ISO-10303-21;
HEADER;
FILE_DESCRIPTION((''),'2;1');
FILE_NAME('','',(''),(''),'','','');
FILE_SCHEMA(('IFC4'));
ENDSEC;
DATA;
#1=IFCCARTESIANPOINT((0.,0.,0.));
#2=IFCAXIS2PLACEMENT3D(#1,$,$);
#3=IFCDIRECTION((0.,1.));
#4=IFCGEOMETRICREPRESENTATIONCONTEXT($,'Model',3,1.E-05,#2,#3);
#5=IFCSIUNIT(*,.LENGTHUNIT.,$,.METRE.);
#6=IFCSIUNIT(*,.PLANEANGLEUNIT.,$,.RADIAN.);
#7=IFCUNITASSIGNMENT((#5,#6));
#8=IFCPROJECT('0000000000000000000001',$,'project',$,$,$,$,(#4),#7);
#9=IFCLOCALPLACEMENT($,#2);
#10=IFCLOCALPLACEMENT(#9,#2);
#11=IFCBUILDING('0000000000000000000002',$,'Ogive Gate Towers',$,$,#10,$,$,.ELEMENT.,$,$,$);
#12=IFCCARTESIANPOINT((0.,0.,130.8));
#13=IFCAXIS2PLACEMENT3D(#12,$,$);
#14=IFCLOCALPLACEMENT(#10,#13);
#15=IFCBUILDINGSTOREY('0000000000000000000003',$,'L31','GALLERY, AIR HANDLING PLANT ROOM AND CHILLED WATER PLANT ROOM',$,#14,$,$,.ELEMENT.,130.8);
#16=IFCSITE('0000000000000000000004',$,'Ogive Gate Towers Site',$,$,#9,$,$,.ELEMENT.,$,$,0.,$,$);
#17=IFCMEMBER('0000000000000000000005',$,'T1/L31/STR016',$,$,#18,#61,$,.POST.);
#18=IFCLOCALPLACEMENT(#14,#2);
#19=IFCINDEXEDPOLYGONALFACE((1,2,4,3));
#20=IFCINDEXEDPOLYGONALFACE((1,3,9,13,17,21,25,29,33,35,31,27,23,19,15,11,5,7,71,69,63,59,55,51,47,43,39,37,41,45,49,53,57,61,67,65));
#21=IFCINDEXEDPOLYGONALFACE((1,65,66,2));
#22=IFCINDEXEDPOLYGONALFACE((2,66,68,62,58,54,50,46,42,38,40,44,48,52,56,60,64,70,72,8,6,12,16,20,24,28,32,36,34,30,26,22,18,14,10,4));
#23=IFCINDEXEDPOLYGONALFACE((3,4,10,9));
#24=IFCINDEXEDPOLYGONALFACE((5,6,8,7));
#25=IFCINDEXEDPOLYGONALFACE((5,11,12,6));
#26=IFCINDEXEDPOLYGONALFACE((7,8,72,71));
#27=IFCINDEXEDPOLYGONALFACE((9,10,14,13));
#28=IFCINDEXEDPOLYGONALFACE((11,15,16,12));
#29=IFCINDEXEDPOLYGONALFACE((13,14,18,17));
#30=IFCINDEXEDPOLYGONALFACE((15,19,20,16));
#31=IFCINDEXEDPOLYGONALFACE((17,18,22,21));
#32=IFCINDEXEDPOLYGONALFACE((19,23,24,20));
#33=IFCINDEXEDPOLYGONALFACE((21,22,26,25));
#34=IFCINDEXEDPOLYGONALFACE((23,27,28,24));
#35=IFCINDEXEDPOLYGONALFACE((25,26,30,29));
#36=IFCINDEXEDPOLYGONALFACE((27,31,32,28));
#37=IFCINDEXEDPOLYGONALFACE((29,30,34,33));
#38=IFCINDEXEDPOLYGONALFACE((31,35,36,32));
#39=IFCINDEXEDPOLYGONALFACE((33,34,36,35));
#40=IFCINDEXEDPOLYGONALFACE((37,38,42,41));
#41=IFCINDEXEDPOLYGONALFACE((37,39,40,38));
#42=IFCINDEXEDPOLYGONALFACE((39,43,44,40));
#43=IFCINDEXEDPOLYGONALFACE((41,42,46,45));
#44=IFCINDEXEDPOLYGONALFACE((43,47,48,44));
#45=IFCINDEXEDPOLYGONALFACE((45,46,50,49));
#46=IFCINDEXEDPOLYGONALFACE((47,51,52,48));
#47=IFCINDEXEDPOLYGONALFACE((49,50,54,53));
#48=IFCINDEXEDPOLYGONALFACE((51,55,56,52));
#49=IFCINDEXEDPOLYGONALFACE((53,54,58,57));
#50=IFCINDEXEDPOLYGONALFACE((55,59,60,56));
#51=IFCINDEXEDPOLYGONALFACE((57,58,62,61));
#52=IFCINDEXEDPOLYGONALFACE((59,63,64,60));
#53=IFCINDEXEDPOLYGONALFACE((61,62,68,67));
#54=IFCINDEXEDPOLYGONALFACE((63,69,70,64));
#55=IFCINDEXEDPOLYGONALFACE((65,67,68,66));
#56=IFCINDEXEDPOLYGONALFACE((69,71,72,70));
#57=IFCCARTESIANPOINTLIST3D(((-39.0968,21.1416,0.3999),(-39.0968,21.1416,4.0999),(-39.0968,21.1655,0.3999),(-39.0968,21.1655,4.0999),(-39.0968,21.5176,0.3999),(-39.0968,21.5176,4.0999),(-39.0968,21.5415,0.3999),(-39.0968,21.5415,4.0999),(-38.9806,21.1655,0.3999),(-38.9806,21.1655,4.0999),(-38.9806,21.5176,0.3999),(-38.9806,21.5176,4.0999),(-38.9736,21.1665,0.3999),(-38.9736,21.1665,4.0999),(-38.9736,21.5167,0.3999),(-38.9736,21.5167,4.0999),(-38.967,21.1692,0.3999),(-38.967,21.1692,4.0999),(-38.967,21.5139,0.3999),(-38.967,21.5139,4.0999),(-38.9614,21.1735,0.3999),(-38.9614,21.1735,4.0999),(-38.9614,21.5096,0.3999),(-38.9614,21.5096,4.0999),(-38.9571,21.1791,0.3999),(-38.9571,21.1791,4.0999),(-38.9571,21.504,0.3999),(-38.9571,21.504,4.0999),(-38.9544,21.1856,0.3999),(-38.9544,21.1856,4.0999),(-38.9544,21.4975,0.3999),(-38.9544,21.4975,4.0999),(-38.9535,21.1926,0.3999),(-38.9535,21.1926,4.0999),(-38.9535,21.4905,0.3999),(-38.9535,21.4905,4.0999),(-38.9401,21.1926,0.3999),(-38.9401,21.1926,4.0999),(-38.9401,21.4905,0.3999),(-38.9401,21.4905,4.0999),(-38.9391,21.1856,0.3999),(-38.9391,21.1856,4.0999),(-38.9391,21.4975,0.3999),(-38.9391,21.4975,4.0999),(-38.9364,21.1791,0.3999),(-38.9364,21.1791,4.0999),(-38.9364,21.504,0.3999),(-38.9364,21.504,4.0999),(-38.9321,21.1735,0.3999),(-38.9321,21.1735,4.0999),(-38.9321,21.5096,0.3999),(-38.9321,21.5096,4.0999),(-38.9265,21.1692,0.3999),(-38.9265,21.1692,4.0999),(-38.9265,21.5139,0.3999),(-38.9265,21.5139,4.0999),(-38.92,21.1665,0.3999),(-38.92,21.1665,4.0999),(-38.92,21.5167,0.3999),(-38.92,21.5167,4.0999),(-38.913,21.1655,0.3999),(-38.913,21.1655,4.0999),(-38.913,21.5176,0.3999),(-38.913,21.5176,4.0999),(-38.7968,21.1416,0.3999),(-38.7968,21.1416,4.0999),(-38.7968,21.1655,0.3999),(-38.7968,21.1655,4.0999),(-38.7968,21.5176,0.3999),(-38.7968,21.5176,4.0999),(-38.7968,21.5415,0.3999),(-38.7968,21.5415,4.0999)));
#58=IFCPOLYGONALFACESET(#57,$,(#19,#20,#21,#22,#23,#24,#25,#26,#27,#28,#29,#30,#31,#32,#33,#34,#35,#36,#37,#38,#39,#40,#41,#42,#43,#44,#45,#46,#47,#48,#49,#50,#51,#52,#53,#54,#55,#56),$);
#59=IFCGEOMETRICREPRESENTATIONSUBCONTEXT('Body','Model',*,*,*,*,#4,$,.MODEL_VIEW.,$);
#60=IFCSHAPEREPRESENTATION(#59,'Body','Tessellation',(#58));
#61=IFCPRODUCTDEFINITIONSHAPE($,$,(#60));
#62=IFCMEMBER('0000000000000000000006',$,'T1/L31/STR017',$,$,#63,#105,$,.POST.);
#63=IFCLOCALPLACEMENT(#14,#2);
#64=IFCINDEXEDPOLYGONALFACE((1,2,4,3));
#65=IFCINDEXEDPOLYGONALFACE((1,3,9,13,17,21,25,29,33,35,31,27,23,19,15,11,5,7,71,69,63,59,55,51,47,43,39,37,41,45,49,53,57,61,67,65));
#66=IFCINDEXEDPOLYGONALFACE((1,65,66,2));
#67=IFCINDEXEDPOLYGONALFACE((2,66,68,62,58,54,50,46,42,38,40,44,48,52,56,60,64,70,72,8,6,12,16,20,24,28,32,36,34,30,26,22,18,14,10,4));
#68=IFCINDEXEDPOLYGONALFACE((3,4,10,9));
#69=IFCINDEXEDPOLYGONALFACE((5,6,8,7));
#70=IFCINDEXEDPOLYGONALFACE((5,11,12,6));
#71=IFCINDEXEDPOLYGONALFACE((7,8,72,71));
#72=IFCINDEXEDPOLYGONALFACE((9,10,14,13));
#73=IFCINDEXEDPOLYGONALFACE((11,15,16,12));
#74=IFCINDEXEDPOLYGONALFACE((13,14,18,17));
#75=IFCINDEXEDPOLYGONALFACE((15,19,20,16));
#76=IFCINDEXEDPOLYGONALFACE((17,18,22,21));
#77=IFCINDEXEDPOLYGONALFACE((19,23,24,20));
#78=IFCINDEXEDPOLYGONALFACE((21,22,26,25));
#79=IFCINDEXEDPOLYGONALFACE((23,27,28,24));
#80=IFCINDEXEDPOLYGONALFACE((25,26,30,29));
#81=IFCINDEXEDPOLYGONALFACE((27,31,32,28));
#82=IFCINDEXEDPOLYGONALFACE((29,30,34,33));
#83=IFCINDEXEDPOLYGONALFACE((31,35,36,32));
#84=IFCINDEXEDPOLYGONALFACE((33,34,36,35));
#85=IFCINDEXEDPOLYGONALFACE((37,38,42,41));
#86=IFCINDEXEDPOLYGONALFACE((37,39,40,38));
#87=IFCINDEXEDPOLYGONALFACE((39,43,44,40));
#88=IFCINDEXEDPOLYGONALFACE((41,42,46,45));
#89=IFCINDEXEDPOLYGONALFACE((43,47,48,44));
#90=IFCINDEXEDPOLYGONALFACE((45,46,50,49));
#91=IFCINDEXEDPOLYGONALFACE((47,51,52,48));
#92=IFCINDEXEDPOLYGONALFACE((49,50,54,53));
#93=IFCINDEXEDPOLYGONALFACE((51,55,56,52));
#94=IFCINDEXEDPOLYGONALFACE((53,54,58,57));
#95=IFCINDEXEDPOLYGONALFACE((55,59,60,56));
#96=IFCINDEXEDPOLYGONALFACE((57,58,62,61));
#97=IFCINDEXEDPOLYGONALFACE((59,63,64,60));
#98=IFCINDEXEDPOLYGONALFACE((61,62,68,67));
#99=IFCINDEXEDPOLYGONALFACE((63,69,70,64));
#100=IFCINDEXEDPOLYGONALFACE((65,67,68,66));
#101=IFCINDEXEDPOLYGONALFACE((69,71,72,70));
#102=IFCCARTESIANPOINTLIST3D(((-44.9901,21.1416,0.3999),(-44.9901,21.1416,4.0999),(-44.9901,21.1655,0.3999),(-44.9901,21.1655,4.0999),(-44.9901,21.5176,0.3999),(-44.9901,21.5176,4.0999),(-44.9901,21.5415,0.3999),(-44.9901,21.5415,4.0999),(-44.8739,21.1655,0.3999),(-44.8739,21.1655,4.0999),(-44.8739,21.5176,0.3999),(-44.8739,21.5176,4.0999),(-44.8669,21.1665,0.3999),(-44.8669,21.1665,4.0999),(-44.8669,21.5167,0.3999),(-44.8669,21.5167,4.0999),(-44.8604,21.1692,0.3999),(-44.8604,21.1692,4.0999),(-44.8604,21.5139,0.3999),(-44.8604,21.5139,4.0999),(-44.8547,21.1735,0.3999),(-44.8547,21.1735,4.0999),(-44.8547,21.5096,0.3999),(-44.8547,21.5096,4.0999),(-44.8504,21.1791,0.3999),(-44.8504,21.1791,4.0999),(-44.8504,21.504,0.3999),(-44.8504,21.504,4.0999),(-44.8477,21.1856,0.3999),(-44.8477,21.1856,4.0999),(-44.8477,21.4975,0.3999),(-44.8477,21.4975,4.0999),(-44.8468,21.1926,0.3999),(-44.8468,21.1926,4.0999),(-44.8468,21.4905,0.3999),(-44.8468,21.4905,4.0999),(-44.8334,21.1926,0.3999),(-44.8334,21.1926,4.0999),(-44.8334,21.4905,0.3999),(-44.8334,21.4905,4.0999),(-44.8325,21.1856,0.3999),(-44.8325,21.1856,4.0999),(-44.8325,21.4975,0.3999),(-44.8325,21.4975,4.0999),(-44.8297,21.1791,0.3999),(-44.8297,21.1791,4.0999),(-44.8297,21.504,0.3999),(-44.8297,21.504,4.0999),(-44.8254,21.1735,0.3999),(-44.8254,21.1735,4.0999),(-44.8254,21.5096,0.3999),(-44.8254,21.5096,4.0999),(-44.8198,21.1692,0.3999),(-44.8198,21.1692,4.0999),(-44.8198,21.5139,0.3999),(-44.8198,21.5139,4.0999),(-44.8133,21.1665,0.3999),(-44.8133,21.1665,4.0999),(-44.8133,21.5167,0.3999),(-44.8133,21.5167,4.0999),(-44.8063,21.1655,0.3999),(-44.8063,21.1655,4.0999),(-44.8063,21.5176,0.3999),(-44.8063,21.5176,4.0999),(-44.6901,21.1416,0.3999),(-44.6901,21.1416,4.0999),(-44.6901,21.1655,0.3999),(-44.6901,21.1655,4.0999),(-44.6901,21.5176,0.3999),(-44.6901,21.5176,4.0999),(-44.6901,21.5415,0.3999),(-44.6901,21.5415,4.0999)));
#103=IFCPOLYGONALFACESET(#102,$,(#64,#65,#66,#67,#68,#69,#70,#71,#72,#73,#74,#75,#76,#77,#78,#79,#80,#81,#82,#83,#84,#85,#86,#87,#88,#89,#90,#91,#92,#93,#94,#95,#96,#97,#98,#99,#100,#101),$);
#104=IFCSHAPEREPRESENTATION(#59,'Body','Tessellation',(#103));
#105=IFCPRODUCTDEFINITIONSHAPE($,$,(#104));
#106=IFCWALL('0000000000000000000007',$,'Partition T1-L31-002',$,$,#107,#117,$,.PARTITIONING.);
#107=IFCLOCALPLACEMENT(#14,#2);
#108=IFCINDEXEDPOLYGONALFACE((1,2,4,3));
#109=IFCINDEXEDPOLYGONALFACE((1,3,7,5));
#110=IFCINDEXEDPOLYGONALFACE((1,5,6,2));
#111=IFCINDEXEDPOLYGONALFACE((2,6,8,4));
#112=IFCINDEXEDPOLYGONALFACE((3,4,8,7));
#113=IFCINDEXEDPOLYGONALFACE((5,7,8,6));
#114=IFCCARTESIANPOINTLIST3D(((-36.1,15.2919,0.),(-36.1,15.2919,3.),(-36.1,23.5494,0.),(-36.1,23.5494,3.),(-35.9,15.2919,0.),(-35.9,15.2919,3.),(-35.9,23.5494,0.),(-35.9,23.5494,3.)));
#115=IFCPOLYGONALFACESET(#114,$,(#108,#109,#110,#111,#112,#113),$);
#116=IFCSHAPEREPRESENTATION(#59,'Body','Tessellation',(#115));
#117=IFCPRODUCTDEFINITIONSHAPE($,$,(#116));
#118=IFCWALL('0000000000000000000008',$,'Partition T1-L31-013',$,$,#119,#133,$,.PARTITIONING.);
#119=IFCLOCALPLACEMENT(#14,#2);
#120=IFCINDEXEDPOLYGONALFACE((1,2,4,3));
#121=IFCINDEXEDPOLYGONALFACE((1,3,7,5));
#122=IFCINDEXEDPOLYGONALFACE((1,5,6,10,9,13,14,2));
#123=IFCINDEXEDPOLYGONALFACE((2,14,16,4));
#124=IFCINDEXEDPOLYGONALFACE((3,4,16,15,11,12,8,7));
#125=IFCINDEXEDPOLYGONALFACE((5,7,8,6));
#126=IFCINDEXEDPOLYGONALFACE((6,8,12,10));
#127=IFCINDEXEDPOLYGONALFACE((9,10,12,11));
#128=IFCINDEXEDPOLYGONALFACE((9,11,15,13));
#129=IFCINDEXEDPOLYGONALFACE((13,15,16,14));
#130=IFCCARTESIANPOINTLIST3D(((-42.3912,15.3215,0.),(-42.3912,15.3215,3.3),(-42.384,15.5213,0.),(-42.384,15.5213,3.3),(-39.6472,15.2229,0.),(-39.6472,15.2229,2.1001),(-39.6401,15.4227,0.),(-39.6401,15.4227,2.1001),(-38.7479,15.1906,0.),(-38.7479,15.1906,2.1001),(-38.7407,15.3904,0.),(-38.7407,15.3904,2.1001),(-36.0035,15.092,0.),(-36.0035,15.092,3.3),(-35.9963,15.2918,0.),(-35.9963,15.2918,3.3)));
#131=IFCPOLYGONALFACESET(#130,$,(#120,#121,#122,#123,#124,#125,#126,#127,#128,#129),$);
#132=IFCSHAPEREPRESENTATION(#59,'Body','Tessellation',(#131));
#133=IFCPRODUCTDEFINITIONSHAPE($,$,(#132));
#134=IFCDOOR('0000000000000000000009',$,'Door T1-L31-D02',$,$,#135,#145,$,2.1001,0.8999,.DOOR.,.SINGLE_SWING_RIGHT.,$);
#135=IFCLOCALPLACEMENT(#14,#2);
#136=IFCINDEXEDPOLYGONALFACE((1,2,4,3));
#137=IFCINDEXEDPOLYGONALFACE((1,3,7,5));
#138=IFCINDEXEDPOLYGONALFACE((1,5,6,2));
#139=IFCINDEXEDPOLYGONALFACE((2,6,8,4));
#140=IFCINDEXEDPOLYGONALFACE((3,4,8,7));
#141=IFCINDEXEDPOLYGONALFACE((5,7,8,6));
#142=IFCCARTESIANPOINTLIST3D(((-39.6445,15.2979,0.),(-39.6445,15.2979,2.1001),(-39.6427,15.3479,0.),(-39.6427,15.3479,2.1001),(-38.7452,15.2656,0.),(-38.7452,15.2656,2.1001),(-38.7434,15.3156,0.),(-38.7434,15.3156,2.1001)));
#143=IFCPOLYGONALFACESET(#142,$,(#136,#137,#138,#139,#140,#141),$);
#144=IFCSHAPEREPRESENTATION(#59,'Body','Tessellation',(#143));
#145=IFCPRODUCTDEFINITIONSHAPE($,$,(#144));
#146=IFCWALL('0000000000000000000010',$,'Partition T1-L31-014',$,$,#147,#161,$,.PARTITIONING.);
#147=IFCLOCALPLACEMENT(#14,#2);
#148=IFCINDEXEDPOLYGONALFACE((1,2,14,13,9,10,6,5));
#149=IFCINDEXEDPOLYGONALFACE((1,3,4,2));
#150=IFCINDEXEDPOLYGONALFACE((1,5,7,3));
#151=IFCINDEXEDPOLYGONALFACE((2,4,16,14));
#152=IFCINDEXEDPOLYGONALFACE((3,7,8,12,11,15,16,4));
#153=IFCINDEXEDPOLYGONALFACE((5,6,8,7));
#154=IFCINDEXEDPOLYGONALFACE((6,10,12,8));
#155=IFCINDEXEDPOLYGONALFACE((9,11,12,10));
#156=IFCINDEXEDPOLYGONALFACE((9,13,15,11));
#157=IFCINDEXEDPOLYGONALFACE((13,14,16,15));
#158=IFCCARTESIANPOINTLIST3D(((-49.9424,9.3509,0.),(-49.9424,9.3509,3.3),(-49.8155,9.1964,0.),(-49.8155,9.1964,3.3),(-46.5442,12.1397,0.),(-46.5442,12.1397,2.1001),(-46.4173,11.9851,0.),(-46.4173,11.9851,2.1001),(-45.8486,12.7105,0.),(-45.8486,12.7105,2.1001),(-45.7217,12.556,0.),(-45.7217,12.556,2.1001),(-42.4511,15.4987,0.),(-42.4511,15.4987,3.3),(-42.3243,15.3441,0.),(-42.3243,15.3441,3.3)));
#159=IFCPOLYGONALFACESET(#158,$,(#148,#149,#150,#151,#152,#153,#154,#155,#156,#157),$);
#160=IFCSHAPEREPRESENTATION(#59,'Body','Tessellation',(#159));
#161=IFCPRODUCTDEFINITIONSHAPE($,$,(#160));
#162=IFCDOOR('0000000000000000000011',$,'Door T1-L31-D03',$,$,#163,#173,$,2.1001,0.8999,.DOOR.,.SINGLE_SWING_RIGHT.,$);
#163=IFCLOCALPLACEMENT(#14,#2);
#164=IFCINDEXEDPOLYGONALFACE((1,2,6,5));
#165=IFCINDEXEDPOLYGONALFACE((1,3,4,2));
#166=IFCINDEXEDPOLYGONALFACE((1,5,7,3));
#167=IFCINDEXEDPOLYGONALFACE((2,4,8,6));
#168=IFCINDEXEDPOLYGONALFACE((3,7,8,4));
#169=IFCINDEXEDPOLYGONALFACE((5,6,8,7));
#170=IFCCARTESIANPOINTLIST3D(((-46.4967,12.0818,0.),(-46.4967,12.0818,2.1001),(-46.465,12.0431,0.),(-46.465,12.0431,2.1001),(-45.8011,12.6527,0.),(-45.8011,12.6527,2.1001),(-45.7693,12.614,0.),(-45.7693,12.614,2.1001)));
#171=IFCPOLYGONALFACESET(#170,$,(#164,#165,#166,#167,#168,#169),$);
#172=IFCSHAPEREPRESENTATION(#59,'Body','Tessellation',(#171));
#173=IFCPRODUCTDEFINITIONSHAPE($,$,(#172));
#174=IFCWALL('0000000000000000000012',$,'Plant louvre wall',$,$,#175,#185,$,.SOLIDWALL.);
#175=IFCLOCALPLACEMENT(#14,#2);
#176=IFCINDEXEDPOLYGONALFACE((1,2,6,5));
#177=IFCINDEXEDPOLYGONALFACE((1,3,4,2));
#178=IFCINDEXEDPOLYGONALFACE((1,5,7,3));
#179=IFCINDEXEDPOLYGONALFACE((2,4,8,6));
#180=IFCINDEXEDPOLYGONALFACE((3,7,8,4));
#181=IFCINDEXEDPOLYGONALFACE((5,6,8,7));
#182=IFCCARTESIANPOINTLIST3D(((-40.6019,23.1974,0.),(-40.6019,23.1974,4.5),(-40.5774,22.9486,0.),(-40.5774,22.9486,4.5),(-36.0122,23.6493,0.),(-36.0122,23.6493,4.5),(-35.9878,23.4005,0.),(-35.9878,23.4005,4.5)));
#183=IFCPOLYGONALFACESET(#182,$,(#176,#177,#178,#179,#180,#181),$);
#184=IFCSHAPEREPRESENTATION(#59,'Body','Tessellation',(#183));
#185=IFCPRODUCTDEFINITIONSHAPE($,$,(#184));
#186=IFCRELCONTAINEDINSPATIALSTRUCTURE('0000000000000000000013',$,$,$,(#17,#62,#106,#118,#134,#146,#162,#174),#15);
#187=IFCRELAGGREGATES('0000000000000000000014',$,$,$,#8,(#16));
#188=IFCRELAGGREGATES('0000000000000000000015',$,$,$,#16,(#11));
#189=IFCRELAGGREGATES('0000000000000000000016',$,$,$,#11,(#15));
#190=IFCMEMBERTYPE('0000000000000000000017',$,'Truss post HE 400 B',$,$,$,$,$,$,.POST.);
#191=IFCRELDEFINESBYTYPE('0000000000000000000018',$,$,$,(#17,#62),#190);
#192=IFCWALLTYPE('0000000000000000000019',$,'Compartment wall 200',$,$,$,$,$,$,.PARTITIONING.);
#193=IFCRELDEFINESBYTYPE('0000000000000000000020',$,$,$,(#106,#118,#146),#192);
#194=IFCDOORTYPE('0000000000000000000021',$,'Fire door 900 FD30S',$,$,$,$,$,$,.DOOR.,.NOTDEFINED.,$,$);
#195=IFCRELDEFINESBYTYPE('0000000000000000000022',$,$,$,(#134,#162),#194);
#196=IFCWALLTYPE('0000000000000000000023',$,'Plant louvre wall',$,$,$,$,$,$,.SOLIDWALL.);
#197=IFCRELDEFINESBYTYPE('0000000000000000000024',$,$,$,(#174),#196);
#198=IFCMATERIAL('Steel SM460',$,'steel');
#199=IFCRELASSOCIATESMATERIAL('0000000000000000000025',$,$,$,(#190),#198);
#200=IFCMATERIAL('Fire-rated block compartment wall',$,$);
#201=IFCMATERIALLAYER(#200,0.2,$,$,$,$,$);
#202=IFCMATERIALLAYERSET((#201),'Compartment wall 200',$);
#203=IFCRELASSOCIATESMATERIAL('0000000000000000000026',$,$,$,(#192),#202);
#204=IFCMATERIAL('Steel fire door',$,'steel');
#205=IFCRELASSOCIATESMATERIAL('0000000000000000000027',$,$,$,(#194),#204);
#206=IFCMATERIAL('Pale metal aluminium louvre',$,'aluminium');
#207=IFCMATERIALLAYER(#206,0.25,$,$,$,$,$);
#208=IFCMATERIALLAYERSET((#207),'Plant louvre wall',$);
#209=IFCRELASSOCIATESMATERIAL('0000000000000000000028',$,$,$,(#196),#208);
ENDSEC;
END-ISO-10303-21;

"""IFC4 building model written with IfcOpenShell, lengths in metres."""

from ifc_helpers import new_model, si_unit, direction, frame, frame_2d, origin, origin_2d, place, context, subcontext, project, spatial, rectangle, i_section, extrude, material, layer, layer_set, material_profile, profile_set, type_object, element, fill, save


model = new_model("IFC4")

# Units and contexts
model_context = context("Model", 3, precision=1e-05, world=origin(), true_north=direction((0.0, 1.0)))
body_context = subcontext(model_context, "Body", "Model", "MODEL_VIEW")
ifc_project = project(units=[si_unit("LENGTHUNIT", "METRE"), si_unit("PLANEANGLEUNIT", "RADIAN")], contexts=[model_context])

# Site, building, storey
site_placement = place(None, origin())
site = spatial("IfcSite", under=ifc_project, at=site_placement, Name="Ogive Gate Towers Site", CompositionType="ELEMENT", RefElevation=0.0)
building_placement = place(site_placement, origin())
building = spatial("IfcBuilding", under=site, at=building_placement, Name="Ogive Gate Towers", CompositionType="ELEMENT")
storey_placement = place(building_placement, frame((0.0, 0.0, 130.8)))
storey = spatial("IfcBuildingStorey", under=building, at=storey_placement, Name="L31", Description="GALLERY, AIR HANDLING PLANT ROOM AND CHILLED WATER PLANT ROOM", CompositionType="ELEMENT", Elevation=130.8)

# Shared definitions
ifc_material_1 = material(Name="Steel SM460", Category="steel")

# Members
ifc_material_profile_1 = material_profile(ifc_material_1, i_section(OverallWidth=0.3, OverallDepth=0.3999, WebThickness=0.0134, FlangeThickness=0.0239, FilletRadius=0.0271, at=origin_2d()), Name="HE 400 B")
ifc_profile_set_1 = profile_set([ifc_material_profile_1], Name="Steel SM460")
member_type_1 = type_object("IfcMemberType", Name="Truss post HE 400 B", PredefinedType="POST", material=ifc_profile_set_1)
for number, where, z_axis, x_axis, name in (
    (1, (-38.9468, 21.3416, 0.3999), (0.0, 0.0, 1.0), (1.0, 0.0, 0.0), "T1/L31/STR016"),
    (2, (-44.8401, 21.3416, 0.3999), (0.0, 0.0, 1.0), (1.0, 0.0, 0.0), "T1/L31/STR017"),
):
    element("IfcMember", number, at=place(storey_placement, frame(where, z_axis=z_axis, x_axis=x_axis)), inside=storey, type_object=member_type_1, Name=name, PredefinedType="POST", context=body_context, shape_type="SweptSolid", body=[
        extrude(i_section(OverallWidth=0.3, OverallDepth=0.3999, WebThickness=0.0134, FlangeThickness=0.0239, FilletRadius=0.0271, at=origin_2d()), origin(), (0.0, 0.0, 1.0), 3.7),
    ])

# Wall
ifc_material_2 = material(Name="Fire-rated block compartment wall")
ifc_layer_1 = layer(ifc_material_2, 0.2)
ifc_layer_set_1 = layer_set([ifc_layer_1], Name="Compartment wall 200")
wall_type_1 = type_object("IfcWallType", Name="Compartment wall 200", PredefinedType="PARTITIONING", material=ifc_layer_set_1)
wall_1_placement = place(storey_placement, frame((-36.0, 23.5496, 0.0), z_axis=(0.0, 0.0, 1.0), x_axis=(0.0, -1.0, 0.0)))
element("IfcWall", 3, at=wall_1_placement, inside=storey, type_object=wall_type_1, Name="Partition T1-L31-002", PredefinedType="PARTITIONING", context=body_context, shape_type="SweptSolid", body=[
    extrude(rectangle(XDim=8.2576, YDim=0.2, at=frame_2d((4.1289, 0.0))), origin(), (0.0, 0.0, 1.0), 3.0),
])

# Walls, openings, doors
wall_2_placement = place(storey_placement, frame((-36.0, 15.1919, 0.0), z_axis=(0.0, 0.0, 1.0), x_axis=(-0.999355, 0.035904, 0.0)))
wall_2 = element("IfcWall", 4, at=wall_2_placement, inside=storey, type_object=wall_type_1, Name="Partition T1-L31-013", PredefinedType="PARTITIONING", context=body_context, shape_type="SweptSolid", body=[
    extrude(rectangle(XDim=6.3918, YDim=0.2, at=frame_2d((3.1958, 0.0))), origin(), (0.0, 0.0, 1.0), 3.3),
])
opening_1_placement = place(wall_2_placement, frame((2.7461, 0.0, 0.0)))
opening_1 = element("IfcOpeningElement", 5, at=opening_1_placement, cuts=wall_2, PredefinedType="OPENING", context=body_context, shape_type="SweptSolid", body=[
    extrude(rectangle(XDim=0.8999, YDim=2.1001, at=frame_2d((0.45, 1.05))), frame((0.0, 0.1099, 0.0), z_axis=(0.0, -1.0, 0.0), x_axis=(1.0, 0.0, 0.0)), (0.0, 0.0, 1.0), 0.22),
])
ifc_material_3 = material(Name="Steel fire door", Category="steel")
door_type = type_object("IfcDoorType", Name="Fire door 900 FD30S", OperationType="NOTDEFINED", PredefinedType="DOOR", material=ifc_material_3)
door_1_placement = place(opening_1_placement, origin())
door_1 = element("IfcDoor", 6, at=door_1_placement, inside=storey, type_object=door_type, Name="Door T1-L31-D02", OperationType="SINGLE_SWING_RIGHT", OverallHeight=2.1001, OverallWidth=0.8999, PredefinedType="DOOR", context=body_context, shape_type="SweptSolid", body=[
    extrude(rectangle(XDim=0.8999, YDim=2.1001, at=frame_2d((0.45, 1.05))), frame((0.0, 0.0249, 0.0), z_axis=(0.0, -1.0, 0.0), x_axis=(1.0, 0.0, 0.0)), (0.0, 0.0, 1.0), 0.05),
])
fill(opening_1, door_1)
wall_3_placement = place(storey_placement, frame((-42.3877, 15.4214, 0.0), z_axis=(0.0, 0.0, 1.0), x_axis=(-0.773019, -0.634383, 0.0)))
wall_3 = element("IfcWall", 7, at=wall_3_placement, inside=storey, type_object=wall_type_1, Name="Partition T1-L31-014", PredefinedType="PARTITIONING", context=body_context, shape_type="SweptSolid", body=[
    extrude(rectangle(XDim=9.6909, YDim=0.2, at=frame_2d((4.8455, 0.0))), origin(), (0.0, 0.0, 1.0), 3.3),
])
opening_2_placement = place(wall_3_placement, frame((4.395, 0.0, 0.0)))
opening_2 = element("IfcOpeningElement", 8, at=opening_2_placement, cuts=wall_3, PredefinedType="OPENING", context=body_context, shape_type="SweptSolid", body=[
    extrude(rectangle(XDim=0.8999, YDim=2.1001, at=frame_2d((0.45, 1.05))), frame((0.0, 0.1099, 0.0), z_axis=(0.0, -1.0, 0.0), x_axis=(1.0, 0.0, 0.0)), (0.0, 0.0, 1.0), 0.22),
])
door_2_placement = place(opening_2_placement, origin())
door_2 = element("IfcDoor", 9, at=door_2_placement, inside=storey, type_object=door_type, Name="Door T1-L31-D03", OperationType="SINGLE_SWING_RIGHT", OverallHeight=2.1001, OverallWidth=0.8999, PredefinedType="DOOR", context=body_context, shape_type="SweptSolid", body=[
    extrude(rectangle(XDim=0.8999, YDim=2.1001, at=frame_2d((0.45, 1.05))), frame((0.0, 0.0249, 0.0), z_axis=(0.0, -1.0, 0.0), x_axis=(1.0, 0.0, 0.0)), (0.0, 0.0, 1.0), 0.05),
])
fill(opening_2, door_2)

# Wall
ifc_material_4 = material(Name="Pale metal aluminium louvre", Category="aluminium")
ifc_layer_2 = layer(ifc_material_4, 0.25)
ifc_layer_set_2 = layer_set([ifc_layer_2], Name="Plant louvre wall")
wall_type_2 = type_object("IfcWallType", Name="Plant louvre wall", PredefinedType="SOLIDWALL", material=ifc_layer_set_2)
for number, where, z_axis, x_axis, name in (
    (10, (-36.0, 23.5249, 0.0), (0.0, 0.0, 1.0), (-0.995188, -0.097989, 0.0), "Plant louvre wall"),
):
    element("IfcWall", number, at=place(storey_placement, frame(where, z_axis=z_axis, x_axis=x_axis)), inside=storey, type_object=wall_type_2, Name=name, PredefinedType="SOLIDWALL", context=body_context, shape_type="SweptSolid", body=[
        extrude(rectangle(XDim=4.6118, YDim=0.25, at=frame_2d((2.3059, 0.0))), origin(), (0.0, 0.0, 1.0), 4.5),
    ])

save(model, "model.ifc")
